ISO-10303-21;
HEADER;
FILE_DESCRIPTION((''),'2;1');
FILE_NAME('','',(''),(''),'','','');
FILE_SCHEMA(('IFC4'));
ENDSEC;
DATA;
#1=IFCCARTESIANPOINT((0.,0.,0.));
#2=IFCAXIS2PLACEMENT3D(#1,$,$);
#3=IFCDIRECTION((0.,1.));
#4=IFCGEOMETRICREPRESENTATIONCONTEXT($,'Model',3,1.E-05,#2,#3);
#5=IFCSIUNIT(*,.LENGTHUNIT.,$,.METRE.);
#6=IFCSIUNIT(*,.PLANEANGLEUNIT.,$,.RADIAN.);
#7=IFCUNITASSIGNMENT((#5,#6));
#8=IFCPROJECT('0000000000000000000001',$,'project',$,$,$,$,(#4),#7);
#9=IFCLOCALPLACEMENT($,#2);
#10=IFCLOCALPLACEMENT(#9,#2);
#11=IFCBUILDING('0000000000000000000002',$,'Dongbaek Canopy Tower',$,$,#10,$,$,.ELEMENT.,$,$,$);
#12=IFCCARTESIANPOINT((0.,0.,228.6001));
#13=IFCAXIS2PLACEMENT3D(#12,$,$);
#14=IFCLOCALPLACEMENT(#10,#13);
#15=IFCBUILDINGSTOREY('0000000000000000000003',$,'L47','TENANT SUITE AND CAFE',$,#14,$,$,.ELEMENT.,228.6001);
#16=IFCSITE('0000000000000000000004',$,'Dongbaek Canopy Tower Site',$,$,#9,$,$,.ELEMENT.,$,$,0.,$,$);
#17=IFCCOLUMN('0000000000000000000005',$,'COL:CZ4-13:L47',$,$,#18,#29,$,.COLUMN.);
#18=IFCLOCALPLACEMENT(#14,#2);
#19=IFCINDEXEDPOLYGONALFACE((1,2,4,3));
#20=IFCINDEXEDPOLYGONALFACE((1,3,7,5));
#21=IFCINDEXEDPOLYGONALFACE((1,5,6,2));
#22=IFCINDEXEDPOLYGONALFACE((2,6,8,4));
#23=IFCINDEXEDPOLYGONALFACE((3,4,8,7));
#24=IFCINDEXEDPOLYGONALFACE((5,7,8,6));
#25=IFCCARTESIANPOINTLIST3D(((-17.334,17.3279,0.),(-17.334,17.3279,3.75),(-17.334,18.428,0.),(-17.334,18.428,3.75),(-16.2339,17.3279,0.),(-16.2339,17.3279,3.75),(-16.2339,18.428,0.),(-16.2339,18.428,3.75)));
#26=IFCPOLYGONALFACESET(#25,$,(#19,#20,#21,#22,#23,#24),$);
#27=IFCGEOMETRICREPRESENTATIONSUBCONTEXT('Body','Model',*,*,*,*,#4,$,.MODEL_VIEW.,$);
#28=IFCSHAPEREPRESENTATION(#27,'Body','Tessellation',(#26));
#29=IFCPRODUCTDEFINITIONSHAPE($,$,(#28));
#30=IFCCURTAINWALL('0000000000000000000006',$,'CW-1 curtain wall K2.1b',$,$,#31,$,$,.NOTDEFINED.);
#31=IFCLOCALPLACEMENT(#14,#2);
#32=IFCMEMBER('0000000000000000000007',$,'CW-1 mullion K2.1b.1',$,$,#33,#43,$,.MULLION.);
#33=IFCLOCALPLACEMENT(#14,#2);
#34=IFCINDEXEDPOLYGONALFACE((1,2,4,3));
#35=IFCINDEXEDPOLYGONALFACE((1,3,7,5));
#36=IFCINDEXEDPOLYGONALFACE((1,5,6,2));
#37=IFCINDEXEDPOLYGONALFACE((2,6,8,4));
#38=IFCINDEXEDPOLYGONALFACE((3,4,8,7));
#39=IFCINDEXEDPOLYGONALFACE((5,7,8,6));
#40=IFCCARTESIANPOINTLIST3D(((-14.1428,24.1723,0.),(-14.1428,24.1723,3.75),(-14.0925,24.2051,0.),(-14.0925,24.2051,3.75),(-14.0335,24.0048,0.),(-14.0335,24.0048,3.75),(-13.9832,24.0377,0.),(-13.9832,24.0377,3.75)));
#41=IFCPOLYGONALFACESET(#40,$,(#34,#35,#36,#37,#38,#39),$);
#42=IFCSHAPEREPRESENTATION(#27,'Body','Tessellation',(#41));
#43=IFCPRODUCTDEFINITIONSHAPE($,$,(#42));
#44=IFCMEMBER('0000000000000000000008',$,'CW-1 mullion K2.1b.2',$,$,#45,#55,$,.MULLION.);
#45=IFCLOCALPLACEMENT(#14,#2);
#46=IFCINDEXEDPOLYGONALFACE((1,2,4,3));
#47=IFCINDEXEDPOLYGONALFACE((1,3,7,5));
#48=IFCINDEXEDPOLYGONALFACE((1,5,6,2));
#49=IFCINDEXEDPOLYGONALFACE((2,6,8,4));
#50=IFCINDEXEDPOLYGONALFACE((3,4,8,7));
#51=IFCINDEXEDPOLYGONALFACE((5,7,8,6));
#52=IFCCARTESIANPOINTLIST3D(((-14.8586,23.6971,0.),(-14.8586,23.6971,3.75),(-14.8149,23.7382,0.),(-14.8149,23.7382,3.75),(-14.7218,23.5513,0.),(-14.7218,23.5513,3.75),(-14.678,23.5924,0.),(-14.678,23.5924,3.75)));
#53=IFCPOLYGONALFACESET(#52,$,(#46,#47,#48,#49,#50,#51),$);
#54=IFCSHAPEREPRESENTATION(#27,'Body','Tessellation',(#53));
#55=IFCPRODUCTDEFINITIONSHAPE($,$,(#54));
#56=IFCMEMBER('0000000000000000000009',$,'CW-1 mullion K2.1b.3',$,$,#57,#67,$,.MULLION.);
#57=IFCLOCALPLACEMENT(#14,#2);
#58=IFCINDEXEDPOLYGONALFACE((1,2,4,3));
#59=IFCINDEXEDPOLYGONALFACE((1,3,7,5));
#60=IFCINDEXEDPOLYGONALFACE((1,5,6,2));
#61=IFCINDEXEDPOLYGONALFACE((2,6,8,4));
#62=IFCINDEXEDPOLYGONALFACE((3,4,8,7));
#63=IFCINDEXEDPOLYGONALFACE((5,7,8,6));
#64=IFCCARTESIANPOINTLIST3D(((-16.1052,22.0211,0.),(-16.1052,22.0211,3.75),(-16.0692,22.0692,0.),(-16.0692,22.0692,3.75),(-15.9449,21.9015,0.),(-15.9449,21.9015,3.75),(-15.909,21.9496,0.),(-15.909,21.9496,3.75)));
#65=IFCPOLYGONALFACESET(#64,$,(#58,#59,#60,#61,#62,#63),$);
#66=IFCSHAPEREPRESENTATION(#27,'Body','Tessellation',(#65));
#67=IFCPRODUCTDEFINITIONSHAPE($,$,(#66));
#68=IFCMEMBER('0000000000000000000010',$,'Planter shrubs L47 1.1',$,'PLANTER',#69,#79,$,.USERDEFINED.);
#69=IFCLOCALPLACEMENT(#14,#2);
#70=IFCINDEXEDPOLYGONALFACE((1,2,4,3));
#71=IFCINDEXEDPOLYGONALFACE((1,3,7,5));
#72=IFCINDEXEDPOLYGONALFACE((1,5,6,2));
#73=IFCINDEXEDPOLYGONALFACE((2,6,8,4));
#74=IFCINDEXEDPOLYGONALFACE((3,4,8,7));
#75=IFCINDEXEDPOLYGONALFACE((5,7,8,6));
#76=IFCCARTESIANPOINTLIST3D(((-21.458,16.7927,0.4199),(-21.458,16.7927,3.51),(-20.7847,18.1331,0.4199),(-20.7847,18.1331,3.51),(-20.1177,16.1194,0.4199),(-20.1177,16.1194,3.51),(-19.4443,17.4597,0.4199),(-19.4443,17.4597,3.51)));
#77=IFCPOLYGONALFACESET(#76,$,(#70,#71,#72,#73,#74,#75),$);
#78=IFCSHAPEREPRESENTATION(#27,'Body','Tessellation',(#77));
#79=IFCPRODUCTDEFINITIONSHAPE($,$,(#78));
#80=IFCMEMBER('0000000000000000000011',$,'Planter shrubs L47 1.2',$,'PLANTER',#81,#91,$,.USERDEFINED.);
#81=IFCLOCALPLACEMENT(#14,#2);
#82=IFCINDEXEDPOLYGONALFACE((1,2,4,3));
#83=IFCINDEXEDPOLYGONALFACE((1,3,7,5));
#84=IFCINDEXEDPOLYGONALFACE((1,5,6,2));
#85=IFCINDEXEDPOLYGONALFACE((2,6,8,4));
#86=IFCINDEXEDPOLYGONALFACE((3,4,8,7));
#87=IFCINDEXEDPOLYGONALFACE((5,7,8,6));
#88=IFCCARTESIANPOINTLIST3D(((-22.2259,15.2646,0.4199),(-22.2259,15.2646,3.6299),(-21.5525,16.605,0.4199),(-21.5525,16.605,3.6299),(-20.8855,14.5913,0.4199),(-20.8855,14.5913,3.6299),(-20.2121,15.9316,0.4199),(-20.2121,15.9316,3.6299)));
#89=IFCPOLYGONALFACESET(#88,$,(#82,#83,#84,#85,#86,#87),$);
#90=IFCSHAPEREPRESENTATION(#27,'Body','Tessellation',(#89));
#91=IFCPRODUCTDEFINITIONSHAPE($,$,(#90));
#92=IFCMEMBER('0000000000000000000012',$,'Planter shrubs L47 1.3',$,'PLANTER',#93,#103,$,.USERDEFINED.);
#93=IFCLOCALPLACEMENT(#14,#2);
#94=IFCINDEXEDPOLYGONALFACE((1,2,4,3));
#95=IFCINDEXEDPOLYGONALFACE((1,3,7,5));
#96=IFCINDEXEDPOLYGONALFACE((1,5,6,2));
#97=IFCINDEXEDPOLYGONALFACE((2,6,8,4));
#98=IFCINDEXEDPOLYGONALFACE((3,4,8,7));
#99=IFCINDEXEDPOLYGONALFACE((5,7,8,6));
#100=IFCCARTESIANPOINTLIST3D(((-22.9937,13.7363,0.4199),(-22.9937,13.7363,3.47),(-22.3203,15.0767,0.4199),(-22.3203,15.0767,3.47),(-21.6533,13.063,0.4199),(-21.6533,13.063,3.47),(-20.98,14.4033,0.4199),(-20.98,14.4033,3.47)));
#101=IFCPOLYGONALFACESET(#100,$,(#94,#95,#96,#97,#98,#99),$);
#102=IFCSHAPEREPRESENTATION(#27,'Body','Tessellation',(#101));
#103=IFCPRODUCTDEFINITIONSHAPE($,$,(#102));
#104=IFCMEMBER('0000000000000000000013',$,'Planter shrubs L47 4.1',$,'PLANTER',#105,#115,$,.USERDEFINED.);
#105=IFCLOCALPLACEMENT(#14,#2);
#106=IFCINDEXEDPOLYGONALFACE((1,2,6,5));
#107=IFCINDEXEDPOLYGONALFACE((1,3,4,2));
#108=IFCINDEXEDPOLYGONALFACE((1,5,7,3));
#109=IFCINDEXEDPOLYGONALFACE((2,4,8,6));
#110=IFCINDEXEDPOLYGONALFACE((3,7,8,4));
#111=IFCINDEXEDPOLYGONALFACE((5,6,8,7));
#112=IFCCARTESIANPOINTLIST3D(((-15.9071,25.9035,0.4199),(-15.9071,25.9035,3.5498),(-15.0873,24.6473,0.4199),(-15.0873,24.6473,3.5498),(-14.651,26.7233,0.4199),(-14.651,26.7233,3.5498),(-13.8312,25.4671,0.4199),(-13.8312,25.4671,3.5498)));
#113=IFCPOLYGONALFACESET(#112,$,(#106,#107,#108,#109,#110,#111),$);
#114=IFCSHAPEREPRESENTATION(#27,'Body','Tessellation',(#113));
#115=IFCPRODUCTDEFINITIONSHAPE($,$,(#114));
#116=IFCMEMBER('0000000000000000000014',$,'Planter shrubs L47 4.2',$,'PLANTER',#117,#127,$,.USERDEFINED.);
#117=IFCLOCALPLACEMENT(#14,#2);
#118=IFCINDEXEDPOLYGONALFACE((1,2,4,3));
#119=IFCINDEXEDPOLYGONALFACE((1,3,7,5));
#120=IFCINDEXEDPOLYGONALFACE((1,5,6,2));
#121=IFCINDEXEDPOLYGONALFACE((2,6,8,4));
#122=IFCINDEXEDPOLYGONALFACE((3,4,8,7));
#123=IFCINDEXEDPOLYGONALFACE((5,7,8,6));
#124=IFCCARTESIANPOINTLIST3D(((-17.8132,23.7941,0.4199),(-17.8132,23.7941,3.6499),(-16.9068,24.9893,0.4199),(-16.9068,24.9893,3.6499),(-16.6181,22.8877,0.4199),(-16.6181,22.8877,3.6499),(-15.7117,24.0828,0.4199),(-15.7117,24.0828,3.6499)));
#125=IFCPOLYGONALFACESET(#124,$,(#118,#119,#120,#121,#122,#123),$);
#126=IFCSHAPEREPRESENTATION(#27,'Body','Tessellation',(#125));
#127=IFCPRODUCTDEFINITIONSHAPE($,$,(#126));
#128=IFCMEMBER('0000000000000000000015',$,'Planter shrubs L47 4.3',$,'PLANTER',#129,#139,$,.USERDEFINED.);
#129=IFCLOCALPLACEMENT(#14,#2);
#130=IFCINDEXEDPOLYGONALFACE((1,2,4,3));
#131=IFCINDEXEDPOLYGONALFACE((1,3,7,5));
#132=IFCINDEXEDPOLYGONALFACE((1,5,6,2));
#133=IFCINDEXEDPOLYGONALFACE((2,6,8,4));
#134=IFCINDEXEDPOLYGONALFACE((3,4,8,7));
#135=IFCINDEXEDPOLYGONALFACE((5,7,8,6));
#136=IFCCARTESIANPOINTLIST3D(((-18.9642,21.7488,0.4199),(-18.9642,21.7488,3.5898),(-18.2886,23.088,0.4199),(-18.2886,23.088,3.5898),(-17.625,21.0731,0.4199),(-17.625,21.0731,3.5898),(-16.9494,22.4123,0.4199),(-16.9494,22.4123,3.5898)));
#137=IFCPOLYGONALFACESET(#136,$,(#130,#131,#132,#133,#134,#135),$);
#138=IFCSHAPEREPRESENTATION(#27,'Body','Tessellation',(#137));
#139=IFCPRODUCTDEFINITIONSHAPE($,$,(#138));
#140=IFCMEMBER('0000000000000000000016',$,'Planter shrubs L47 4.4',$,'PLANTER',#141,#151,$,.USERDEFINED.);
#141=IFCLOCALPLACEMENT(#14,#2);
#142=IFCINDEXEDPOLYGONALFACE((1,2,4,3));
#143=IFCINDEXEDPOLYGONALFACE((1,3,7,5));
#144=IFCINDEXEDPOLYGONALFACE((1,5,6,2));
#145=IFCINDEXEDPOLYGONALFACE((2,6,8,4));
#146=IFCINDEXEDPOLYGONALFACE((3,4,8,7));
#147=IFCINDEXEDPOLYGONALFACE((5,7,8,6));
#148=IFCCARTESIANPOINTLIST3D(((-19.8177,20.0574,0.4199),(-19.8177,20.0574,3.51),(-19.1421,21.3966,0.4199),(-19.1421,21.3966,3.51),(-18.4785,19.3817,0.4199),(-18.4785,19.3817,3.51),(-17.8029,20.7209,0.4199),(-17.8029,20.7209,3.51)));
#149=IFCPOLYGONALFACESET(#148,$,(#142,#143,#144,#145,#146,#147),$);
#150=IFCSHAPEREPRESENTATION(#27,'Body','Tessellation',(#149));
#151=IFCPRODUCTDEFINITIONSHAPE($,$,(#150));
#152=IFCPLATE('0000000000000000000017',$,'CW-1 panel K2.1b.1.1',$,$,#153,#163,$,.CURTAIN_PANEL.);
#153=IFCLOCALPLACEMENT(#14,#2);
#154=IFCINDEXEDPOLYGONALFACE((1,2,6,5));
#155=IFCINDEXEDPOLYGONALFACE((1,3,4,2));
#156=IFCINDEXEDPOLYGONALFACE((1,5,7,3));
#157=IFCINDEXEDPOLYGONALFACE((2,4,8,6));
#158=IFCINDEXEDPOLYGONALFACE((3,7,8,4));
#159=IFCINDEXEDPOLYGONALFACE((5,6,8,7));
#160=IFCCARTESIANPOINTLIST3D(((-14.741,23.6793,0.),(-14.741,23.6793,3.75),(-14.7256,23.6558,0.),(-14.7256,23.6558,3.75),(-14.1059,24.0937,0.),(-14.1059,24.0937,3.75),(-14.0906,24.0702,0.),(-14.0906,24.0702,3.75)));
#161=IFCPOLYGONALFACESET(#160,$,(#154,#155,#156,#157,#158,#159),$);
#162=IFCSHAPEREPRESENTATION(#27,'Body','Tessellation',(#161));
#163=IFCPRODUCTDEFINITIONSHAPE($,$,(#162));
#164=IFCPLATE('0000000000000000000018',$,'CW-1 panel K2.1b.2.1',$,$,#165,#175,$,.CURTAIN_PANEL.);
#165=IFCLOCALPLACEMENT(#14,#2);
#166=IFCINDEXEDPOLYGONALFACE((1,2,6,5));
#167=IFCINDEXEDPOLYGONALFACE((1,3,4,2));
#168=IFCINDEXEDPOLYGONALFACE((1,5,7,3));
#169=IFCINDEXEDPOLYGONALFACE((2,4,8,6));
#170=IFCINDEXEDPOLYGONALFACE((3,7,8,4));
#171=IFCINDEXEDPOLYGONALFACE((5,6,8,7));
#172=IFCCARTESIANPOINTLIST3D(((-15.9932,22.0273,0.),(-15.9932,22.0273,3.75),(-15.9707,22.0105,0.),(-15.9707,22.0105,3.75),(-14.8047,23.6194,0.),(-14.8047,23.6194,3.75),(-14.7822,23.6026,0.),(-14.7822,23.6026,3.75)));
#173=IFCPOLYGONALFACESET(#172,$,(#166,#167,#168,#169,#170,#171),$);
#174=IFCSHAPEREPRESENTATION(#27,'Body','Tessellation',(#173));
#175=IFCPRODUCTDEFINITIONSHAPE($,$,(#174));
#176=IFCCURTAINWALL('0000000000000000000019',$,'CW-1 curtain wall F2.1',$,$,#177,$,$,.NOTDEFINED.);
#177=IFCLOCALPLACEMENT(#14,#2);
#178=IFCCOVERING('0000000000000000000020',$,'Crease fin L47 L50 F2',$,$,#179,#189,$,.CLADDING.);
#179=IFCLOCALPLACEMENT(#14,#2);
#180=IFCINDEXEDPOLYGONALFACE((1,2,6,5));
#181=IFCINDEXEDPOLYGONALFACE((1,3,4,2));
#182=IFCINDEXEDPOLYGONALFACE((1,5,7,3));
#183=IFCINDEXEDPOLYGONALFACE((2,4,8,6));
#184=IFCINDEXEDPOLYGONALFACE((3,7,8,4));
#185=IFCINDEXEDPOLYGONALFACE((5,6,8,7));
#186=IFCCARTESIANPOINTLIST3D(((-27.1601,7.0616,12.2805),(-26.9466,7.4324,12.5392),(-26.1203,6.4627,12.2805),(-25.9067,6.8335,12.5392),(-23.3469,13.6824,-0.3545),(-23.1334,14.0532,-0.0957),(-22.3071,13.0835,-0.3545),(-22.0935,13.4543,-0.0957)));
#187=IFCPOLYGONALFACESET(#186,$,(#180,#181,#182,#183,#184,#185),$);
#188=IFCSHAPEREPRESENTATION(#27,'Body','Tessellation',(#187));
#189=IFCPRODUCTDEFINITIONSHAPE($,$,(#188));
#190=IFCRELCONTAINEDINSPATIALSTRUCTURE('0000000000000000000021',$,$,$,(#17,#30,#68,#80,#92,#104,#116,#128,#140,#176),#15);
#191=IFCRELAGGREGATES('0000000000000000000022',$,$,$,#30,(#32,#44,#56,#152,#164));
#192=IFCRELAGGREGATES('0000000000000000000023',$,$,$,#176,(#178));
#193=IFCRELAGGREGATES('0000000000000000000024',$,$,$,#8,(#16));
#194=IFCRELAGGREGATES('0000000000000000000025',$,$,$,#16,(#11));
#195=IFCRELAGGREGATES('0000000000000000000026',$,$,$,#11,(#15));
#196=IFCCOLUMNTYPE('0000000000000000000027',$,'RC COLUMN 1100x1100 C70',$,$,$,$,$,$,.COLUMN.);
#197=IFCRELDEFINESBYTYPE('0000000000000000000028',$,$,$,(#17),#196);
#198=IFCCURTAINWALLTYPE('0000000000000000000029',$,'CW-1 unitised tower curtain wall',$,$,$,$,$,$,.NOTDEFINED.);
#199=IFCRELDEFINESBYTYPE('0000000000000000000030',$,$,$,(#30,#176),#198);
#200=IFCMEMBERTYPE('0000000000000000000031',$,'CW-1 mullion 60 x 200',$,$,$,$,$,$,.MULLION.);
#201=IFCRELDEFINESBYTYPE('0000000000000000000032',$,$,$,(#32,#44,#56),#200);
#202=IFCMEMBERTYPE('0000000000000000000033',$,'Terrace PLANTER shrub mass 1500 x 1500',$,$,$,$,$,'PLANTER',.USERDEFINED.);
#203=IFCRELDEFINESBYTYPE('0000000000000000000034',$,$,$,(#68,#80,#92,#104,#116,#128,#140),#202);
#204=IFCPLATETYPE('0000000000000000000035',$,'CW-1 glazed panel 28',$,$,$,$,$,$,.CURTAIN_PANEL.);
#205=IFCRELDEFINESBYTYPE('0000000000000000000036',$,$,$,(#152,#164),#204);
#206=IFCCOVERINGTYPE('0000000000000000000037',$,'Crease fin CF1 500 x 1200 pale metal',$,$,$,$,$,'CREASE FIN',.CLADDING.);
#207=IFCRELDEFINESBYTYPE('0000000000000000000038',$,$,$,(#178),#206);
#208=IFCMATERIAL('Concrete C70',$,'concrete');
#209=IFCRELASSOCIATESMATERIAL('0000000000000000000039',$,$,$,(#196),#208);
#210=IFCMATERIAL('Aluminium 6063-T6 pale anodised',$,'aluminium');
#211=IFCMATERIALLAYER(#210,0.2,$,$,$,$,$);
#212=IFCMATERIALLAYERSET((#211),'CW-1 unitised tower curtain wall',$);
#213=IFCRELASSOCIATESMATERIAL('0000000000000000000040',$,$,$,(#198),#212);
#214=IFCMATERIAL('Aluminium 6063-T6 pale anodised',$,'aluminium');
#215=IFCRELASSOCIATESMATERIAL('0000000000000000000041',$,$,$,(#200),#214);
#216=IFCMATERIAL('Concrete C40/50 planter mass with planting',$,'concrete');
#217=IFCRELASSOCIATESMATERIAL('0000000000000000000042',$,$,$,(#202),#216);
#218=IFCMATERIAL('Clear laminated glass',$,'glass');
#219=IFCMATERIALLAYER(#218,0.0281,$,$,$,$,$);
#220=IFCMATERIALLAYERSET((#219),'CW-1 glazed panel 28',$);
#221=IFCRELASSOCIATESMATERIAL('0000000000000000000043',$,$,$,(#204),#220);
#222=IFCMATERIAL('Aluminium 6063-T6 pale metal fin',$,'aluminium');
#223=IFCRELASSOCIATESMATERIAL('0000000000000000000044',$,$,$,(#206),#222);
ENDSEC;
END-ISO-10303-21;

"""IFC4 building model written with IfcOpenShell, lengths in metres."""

from ifc_helpers import new_model, si_unit, direction, frame, origin, origin_2d, place, context, subcontext, project, spatial, rectangle, extrude, material, layer, layer_set, material_profile, profile_set, type_object, element, aggregate, save


model = new_model("IFC4")

# Units and contexts
model_context = context("Model", 3, precision=1e-05, world=origin(), true_north=direction((0.0, 1.0)))
body_context = subcontext(model_context, "Body", "Model", "MODEL_VIEW")
ifc_project = project(units=[si_unit("LENGTHUNIT", "METRE"), si_unit("PLANEANGLEUNIT", "RADIAN")], contexts=[model_context])

# Site, building, storey
site_placement = place(None, origin())
site = spatial("IfcSite", under=ifc_project, at=site_placement, Name="Dongbaek Canopy Tower Site", CompositionType="ELEMENT", RefElevation=0.0)
building_placement = place(site_placement, origin())
building = spatial("IfcBuilding", under=site, at=building_placement, Name="Dongbaek Canopy Tower", CompositionType="ELEMENT")
storey_placement = place(building_placement, frame((0.0, 0.0, 228.6001)))
storey = spatial("IfcBuildingStorey", under=building, at=storey_placement, Name="L47", Description="TENANT SUITE AND CAFE", CompositionType="ELEMENT", Elevation=228.6001)

# Column
ifc_material_1 = material(Name="Concrete C70", Category="concrete")
ifc_material_profile_1 = material_profile(ifc_material_1, rectangle(XDim=1.1001, YDim=1.1001, at=origin_2d()), Name="RC COLUMN 1100x1100 C70")
ifc_profile_set_1 = profile_set([ifc_material_profile_1], Name="Concrete C70")
column_type = type_object("IfcColumnType", Name="RC COLUMN 1100x1100 C70", PredefinedType="COLUMN", material=ifc_profile_set_1)
column_placement = place(storey_placement, frame((-16.7839, 17.8779, 0.0), z_axis=(0.0, 0.0, 1.0), x_axis=(1.0, 0.0, 0.0)))
element("IfcColumn", 1, at=column_placement, inside=storey, type_object=column_type, Name="COL:CZ4-13:L47", PredefinedType="COLUMN", context=body_context, shape_type="SweptSolid", body=[
    extrude(rectangle(XDim=1.1001, YDim=1.1001, at=origin_2d()), origin(), (0.0, 0.0, 1.0), 3.75),
])

# Curtain wall, members
ifc_material_2 = material(Name="Aluminium 6063-T6 pale anodised", Category="aluminium")
ifc_layer_1 = layer(ifc_material_2, 0.2)
ifc_layer_set_1 = layer_set([ifc_layer_1], Name="CW-1 unitised tower curtain wall")
curtain_wall_type = type_object("IfcCurtainWallType", Name="CW-1 unitised tower curtain wall", PredefinedType="NOTDEFINED", material=ifc_layer_set_1)
curtain_wall_1_placement = place(storey_placement, origin())
curtain_wall_1 = element("IfcCurtainWall", 2, at=curtain_wall_1_placement, inside=storey, type_object=curtain_wall_type, Name="CW-1 curtain wall K2.1b", PredefinedType="NOTDEFINED")
ifc_material_3 = material(Name="Aluminium 6063-T6 pale anodised", Category="aluminium")
ifc_material_profile_2 = material_profile(ifc_material_3, rectangle(XDim=0.2, YDim=0.0601, at=origin_2d()), Name="CW-1 mullion 60 x 200")
ifc_profile_set_2 = profile_set([ifc_material_profile_2], Name="Aluminium 6063-T6 pale anodised")
member_type_1 = type_object("IfcMemberType", Name="CW-1 mullion 60 x 200", PredefinedType="MULLION", material=ifc_profile_set_2)
member_1_placement = place(storey_placement, frame((-14.063, 24.105, 0.0), z_axis=(0.0, 0.0, 1.0), x_axis=(-0.546537, 0.837435, 0.0)))
member_1 = element("IfcMember", 3, at=member_1_placement, type_object=member_type_1, Name="CW-1 mullion K2.1b.1", PredefinedType="MULLION", context=body_context, shape_type="SweptSolid", body=[
    extrude(rectangle(XDim=0.2, YDim=0.0601, at=origin_2d()), origin(), (0.0, 0.0, 1.0), 3.75),
])
member_2_placement = place(storey_placement, frame((-14.7683, 23.6448, 0.0), z_axis=(0.0, 0.0, 1.0), x_axis=(-0.684487, 0.729025, 0.0)))
member_2 = element("IfcMember", 4, at=member_2_placement, type_object=member_type_1, Name="CW-1 mullion K2.1b.2", PredefinedType="MULLION", context=body_context, shape_type="SweptSolid", body=[
    extrude(rectangle(XDim=0.2, YDim=0.0601, at=origin_2d()), origin(), (0.0, 0.0, 1.0), 3.75),
])
member_3_placement = place(storey_placement, frame((-16.0071, 21.9854, 0.0), z_axis=(0.0, 0.0, 1.0), x_axis=(-0.801366, 0.598174, 0.0)))
member_3 = element("IfcMember", 5, at=member_3_placement, type_object=member_type_1, Name="CW-1 mullion K2.1b.3", PredefinedType="MULLION", context=body_context, shape_type="SweptSolid", body=[
    extrude(rectangle(XDim=0.2, YDim=0.0601, at=origin_2d()), origin(), (0.0, 0.0, 1.0), 3.75),
])

# Members
ifc_material_4 = material(Name="Concrete C40/50 planter mass with planting", Category="concrete")
ifc_material_profile_3 = material_profile(ifc_material_4, rectangle(XDim=1.5, YDim=1.5, at=origin_2d()), Name="Terrace PLANTER shrub mass 1500 x 1500")
ifc_profile_set_3 = profile_set([ifc_material_profile_3], Name="Concrete C40/50 planter mass with planting")
member_type_2 = type_object("IfcMemberType", Name="Terrace PLANTER shrub mass 1500 x 1500", ElementType="PLANTER", PredefinedType="USERDEFINED", material=ifc_profile_set_3)
member_4_placement = place(storey_placement, frame((-20.4512, 17.1262, 0.4199), z_axis=(0.0, 0.0, 1.0), x_axis=(-0.893577, 0.448909, 0.0)))
element("IfcMember", 6, at=member_4_placement, inside=storey, type_object=member_type_2, Name="Planter shrubs L47 1.1", ObjectType="PLANTER", PredefinedType="USERDEFINED", context=body_context, shape_type="SweptSolid", body=[
    extrude(rectangle(XDim=1.5, YDim=1.5, at=origin_2d()), origin(), (0.0, 0.0, 1.0), 3.0901),
])
member_5_placement = place(storey_placement, frame((-21.219, 15.5981, 0.4199), z_axis=(0.0, 0.0, 1.0), x_axis=(-0.893577, 0.448909, 0.0)))
element("IfcMember", 7, at=member_5_placement, inside=storey, type_object=member_type_2, Name="Planter shrubs L47 1.2", ObjectType="PLANTER", PredefinedType="USERDEFINED", context=body_context, shape_type="SweptSolid", body=[
    extrude(rectangle(XDim=1.5, YDim=1.5, at=origin_2d()), origin(), (0.0, 0.0, 1.0), 3.21),
])
member_6_placement = place(storey_placement, frame((-21.9868, 14.0698, 0.4199), z_axis=(0.0, 0.0, 1.0), x_axis=(-0.893577, 0.448909, 0.0)))
element("IfcMember", 8, at=member_6_placement, inside=storey, type_object=member_type_2, Name="Planter shrubs L47 1.3", ObjectType="PLANTER", PredefinedType="USERDEFINED", context=body_context, shape_type="SweptSolid", body=[
    extrude(rectangle(XDim=1.5, YDim=1.5, at=origin_2d()), origin(), (0.0, 0.0, 1.0), 3.05),
])
member_7_placement = place(storey_placement, frame((-14.8691, 25.6853, 0.4199), z_axis=(0.0, 0.0, 1.0), x_axis=(-0.546537, 0.837435, 0.0)))
element("IfcMember", 9, at=member_7_placement, inside=storey, type_object=member_type_2, Name="Planter shrubs L47 4.1", ObjectType="PLANTER", PredefinedType="USERDEFINED", context=body_context, shape_type="SweptSolid", body=[
    extrude(rectangle(XDim=1.5, YDim=1.5, at=origin_2d()), origin(), (0.0, 0.0, 1.0), 3.1299),
])
member_8_placement = place(storey_placement, frame((-16.7625, 23.9385, 0.4199), z_axis=(0.0, 0.0, 1.0), x_axis=(-0.796753, 0.604305, 0.0)))
element("IfcMember", 10, at=member_8_placement, inside=storey, type_object=member_type_2, Name="Planter shrubs L47 4.2", ObjectType="PLANTER", PredefinedType="USERDEFINED", context=body_context, shape_type="SweptSolid", body=[
    extrude(rectangle(XDim=1.5, YDim=1.5, at=origin_2d()), origin(), (0.0, 0.0, 1.0), 3.23),
])
member_9_placement = place(storey_placement, frame((-17.9568, 22.0806, 0.4199), z_axis=(0.0, 0.0, 1.0), x_axis=(-0.892804, 0.450445, 0.0)))
element("IfcMember", 11, at=member_9_placement, inside=storey, type_object=member_type_2, Name="Planter shrubs L47 4.3", ObjectType="PLANTER", PredefinedType="USERDEFINED", context=body_context, shape_type="SweptSolid", body=[
    extrude(rectangle(XDim=1.5, YDim=1.5, at=origin_2d()), origin(), (0.0, 0.0, 1.0), 3.1699),
])
member_10_placement = place(storey_placement, frame((-18.8103, 20.3892, 0.4199), z_axis=(0.0, 0.0, 1.0), x_axis=(-0.892804, 0.450445, 0.0)))
element("IfcMember", 12, at=member_10_placement, inside=storey, type_object=member_type_2, Name="Planter shrubs L47 4.4", ObjectType="PLANTER", PredefinedType="USERDEFINED", context=body_context, shape_type="SweptSolid", body=[
    extrude(rectangle(XDim=1.5, YDim=1.5, at=origin_2d()), origin(), (0.0, 0.0, 1.0), 3.0901),
])

# Plates
ifc_material_5 = material(Name="Clear laminated glass", Category="glass")
ifc_layer_2 = layer(ifc_material_5, 0.0281)
ifc_layer_set_2 = layer_set([ifc_layer_2], Name="CW-1 glazed panel 28")
plate_type = type_object("IfcPlateType", Name="CW-1 glazed panel 28", PredefinedType="CURTAIN_PANEL", material=ifc_layer_set_2)
plate_1_placement = place(storey_placement, frame((-14.4158, 23.8748, 0.0), z_axis=(0.0, 0.0, 1.0), x_axis=(-0.837435, -0.546537, 0.0)))
plate_1 = element("IfcPlate", 13, at=plate_1_placement, type_object=plate_type, Name="CW-1 panel K2.1b.1.1", PredefinedType="CURTAIN_PANEL", context=body_context, shape_type="SweptSolid", body=[
    extrude(rectangle(XDim=0.7583, YDim=0.0281, at=origin_2d()), origin(), (0.0, 0.0, 1.0), 3.75),
])
plate_2_placement = place(storey_placement, frame((-15.3877, 22.8149, 0.0), z_axis=(0.0, 0.0, 1.0), x_axis=(-0.598174, -0.801366, 0.0)))
plate_2 = element("IfcPlate", 14, at=plate_2_placement, type_object=plate_type, Name="CW-1 panel K2.1b.2.1", PredefinedType="CURTAIN_PANEL", context=body_context, shape_type="SweptSolid", body=[
    extrude(rectangle(XDim=1.9868, YDim=0.0281, at=origin_2d()), origin(), (0.0, 0.0, 1.0), 3.75),
])
aggregate(curtain_wall_1, [member_1, member_2, member_3, plate_1, plate_2])

# Curtain wall, covering
curtain_wall_2_placement = place(storey_placement, origin())
curtain_wall_2 = element("IfcCurtainWall", 15, at=curtain_wall_2_placement, inside=storey, type_object=curtain_wall_type, Name="CW-1 curtain wall F2.1", PredefinedType="NOTDEFINED")
ifc_material_6 = material(Name="Aluminium 6063-T6 pale metal fin", Category="aluminium")
ifc_material_profile_4 = material_profile(ifc_material_6, rectangle(XDim=1.2, YDim=0.5, at=origin_2d()), Name="Crease fin CF1 500 x 1200 pale metal")
ifc_profile_set_4 = profile_set([ifc_material_profile_4], Name="Aluminium 6063-T6 pale metal fin")
covering_type = type_object("IfcCoveringType", Name="Crease fin CF1 500 x 1200 pale metal", ElementType="CREASE FIN", PredefinedType="CLADDING", material=ifc_profile_set_4)
covering_placement = place(storey_placement, frame((-22.7202, 13.5684, -0.2251), z_axis=(-0.258253, -0.4484, 0.855712), x_axis=(0.866553, -0.499085, 0.0)))
covering = element("IfcCovering", 16, at=covering_placement, type_object=covering_type, Name="Crease fin L47 L50 F2", PredefinedType="CLADDING", context=body_context, shape_type="SweptSolid", body=[
    extrude(rectangle(XDim=1.2, YDim=0.5, at=origin_2d()), origin(), (0.0, 0.0, 1.0), 14.7654),
])
aggregate(curtain_wall_2, [covering])

save(model, "model.ifc")
